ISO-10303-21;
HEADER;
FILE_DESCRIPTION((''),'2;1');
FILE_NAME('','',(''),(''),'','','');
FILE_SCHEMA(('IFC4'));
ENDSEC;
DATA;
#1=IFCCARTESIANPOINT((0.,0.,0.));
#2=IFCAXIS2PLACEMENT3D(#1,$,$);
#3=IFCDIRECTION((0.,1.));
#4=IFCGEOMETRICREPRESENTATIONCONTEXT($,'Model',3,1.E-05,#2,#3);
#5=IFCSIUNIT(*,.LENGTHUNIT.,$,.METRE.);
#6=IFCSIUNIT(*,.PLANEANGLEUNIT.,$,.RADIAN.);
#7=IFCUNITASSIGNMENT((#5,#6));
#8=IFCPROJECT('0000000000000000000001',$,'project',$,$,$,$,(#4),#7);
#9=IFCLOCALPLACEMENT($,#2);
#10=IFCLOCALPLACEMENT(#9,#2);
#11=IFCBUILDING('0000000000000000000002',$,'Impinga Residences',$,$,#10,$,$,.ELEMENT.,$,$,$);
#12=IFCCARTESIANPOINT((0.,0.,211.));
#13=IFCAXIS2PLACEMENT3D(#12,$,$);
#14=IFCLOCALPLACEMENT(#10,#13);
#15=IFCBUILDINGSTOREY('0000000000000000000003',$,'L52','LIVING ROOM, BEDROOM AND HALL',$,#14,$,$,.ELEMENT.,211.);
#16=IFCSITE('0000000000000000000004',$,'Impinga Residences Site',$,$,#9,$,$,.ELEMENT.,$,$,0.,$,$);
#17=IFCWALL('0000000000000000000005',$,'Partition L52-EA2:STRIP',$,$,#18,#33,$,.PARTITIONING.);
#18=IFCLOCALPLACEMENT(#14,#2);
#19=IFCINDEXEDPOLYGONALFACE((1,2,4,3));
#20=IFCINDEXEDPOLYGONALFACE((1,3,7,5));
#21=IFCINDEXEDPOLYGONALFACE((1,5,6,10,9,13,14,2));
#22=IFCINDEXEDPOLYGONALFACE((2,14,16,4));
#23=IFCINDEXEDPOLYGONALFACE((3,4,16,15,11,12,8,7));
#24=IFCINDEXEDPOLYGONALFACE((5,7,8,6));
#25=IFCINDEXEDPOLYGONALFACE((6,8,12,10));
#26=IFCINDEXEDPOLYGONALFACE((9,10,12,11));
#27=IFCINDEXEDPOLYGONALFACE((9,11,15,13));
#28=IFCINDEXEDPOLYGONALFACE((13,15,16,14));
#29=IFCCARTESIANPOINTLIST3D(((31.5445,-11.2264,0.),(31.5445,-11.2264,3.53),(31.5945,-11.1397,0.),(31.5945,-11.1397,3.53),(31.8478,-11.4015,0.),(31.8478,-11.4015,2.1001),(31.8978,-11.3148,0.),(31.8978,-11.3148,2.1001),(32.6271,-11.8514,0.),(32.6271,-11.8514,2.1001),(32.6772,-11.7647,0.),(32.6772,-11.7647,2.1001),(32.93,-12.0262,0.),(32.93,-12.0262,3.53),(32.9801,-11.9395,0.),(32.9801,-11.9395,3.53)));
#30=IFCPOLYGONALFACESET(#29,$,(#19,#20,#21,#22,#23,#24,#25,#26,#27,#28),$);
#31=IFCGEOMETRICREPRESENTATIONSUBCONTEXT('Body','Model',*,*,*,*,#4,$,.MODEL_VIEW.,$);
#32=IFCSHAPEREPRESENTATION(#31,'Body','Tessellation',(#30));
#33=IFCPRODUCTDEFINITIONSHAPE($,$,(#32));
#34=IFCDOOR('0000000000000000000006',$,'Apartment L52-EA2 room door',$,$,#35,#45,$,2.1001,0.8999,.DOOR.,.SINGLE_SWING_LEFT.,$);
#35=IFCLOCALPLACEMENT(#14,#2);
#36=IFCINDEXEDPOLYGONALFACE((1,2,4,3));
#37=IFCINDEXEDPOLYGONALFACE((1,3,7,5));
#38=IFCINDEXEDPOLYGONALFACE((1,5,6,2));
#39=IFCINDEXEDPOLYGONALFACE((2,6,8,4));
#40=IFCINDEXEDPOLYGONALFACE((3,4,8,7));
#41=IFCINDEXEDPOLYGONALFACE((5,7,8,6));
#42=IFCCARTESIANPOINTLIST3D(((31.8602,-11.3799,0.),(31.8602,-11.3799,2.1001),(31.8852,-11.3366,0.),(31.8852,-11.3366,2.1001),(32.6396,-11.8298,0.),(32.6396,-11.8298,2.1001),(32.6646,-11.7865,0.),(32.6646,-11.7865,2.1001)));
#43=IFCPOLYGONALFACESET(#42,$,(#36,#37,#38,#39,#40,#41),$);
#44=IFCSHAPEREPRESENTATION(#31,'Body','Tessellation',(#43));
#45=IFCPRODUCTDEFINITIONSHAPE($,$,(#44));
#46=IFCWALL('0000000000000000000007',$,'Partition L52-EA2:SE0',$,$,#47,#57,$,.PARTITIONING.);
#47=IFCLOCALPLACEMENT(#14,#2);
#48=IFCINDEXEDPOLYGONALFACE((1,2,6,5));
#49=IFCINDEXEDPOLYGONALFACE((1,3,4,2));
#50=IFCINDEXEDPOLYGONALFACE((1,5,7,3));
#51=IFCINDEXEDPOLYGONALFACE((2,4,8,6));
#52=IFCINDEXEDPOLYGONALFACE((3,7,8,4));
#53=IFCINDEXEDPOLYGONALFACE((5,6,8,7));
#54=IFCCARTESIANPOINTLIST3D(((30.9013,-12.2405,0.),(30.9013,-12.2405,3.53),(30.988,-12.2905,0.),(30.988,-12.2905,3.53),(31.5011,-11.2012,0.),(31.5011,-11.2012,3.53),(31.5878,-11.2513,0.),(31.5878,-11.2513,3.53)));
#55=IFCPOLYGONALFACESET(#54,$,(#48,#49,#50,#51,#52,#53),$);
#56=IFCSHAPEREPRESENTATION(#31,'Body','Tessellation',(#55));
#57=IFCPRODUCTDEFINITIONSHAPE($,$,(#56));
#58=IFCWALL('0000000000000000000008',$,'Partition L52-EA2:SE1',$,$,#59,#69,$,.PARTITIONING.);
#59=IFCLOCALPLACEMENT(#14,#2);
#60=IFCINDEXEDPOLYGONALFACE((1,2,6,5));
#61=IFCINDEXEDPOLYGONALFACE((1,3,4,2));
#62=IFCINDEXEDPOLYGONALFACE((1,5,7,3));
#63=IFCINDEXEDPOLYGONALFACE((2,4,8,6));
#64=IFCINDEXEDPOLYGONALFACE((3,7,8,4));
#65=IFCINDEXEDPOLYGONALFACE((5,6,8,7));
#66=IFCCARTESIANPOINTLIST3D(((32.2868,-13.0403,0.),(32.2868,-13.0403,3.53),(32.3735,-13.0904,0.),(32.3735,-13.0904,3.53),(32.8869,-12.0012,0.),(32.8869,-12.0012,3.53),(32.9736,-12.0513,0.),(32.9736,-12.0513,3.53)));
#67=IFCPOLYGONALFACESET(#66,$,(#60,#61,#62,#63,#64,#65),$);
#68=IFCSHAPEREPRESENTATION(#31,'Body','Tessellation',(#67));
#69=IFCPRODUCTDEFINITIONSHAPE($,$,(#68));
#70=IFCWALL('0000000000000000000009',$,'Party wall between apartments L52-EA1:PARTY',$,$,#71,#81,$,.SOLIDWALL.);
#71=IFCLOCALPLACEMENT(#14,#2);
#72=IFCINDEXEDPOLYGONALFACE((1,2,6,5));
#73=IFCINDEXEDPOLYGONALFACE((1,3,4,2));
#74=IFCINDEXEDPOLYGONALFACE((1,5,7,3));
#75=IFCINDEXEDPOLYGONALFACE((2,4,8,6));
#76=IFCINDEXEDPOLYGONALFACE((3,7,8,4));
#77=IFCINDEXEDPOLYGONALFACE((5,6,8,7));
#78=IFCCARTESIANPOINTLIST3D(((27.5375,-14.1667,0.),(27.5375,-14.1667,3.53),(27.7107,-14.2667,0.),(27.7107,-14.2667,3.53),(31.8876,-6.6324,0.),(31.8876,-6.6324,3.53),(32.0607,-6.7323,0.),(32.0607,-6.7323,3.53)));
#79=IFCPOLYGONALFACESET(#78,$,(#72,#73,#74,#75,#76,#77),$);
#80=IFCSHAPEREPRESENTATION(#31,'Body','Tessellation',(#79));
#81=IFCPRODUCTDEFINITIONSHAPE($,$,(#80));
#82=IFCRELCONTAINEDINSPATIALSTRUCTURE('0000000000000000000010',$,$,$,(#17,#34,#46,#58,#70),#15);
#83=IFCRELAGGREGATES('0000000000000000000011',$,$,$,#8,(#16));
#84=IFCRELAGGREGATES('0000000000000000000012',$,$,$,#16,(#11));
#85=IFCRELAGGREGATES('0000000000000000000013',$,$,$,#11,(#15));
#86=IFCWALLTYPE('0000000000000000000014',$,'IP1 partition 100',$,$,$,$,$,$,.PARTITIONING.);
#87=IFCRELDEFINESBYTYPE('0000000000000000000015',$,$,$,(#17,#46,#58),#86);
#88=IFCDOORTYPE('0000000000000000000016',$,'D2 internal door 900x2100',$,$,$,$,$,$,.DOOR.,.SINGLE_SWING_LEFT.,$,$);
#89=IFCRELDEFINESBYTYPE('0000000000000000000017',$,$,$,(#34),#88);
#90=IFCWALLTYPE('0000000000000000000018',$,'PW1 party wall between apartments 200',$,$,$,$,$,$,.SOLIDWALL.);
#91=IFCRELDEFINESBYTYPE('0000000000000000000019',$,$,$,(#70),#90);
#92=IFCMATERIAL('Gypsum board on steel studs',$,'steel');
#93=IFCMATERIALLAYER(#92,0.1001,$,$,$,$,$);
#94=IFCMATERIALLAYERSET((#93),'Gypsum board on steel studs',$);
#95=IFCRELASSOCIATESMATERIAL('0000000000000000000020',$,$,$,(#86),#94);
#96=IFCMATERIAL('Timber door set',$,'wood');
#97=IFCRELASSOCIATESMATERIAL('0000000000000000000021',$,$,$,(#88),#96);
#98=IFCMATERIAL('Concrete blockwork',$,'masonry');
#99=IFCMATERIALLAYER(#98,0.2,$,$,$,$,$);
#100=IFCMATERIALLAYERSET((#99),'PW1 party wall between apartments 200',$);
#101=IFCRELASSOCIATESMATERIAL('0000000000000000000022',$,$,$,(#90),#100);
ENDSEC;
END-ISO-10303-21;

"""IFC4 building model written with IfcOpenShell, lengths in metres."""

from ifc_helpers import new_model, si_unit, direction, frame, frame_2d, origin, place, context, subcontext, project, spatial, rectangle, extrude, material, layer, layer_set, type_object, element, fill, save


model = new_model("IFC4")

# Units and contexts
model_context = context("Model", 3, precision=1e-05, world=origin(), true_north=direction((0.0, 1.0)))
body_context = subcontext(model_context, "Body", "Model", "MODEL_VIEW")
ifc_project = project(units=[si_unit("LENGTHUNIT", "METRE"), si_unit("PLANEANGLEUNIT", "RADIAN")], contexts=[model_context])

# Site, building, storey
site_placement = place(None, origin())
site = spatial("IfcSite", under=ifc_project, at=site_placement, Name="Impinga Residences Site", CompositionType="ELEMENT", RefElevation=0.0)
building_placement = place(site_placement, origin())
building = spatial("IfcBuilding", under=site, at=building_placement, Name="Impinga Residences", CompositionType="ELEMENT")
storey_placement = place(building_placement, frame((0.0, 0.0, 211.0)))
storey = spatial("IfcBuildingStorey", under=building, at=storey_placement, Name="L52", Description="LIVING ROOM, BEDROOM AND HALL", CompositionType="ELEMENT", Elevation=211.0)

# Shared definitions
ifc_material_1 = material(Name="Gypsum board on steel studs", Category="steel")
ifc_layer_1 = layer(ifc_material_1, 0.1001)
ifc_layer_set_1 = layer_set([ifc_layer_1], Name="Gypsum board on steel studs")
wall_type_1 = type_object("IfcWallType", Name="IP1 partition 100", PredefinedType="PARTITIONING", material=ifc_layer_set_1)

# Wall, opening, door
wall_1_placement = place(storey_placement, frame((31.5696, -11.1831, 0.0), z_axis=(0.0, 0.0, 1.0), x_axis=(0.866056, -0.499947, 0.0)))
wall_1 = element("IfcWall", 1, at=wall_1_placement, inside=storey, type_object=wall_type_1, Name="Partition L52-EA2:STRIP", PredefinedType="PARTITIONING", context=body_context, shape_type="SweptSolid", body=[
    extrude(rectangle(XDim=1.5999, YDim=0.1001, at=frame_2d((0.7998, 0.0))), origin(), (0.0, 0.0, 1.0), 3.53),
])
opening_1_placement = place(wall_1_placement, frame((0.3501, 0.0, 0.0)))
opening_1 = element("IfcOpeningElement", 2, at=opening_1_placement, cuts=wall_1, PredefinedType="OPENING", context=body_context, shape_type="SweptSolid", body=[
    extrude(rectangle(XDim=0.8999, YDim=2.1001, at=frame_2d((0.45, 1.05))), frame((0.0, 0.0601, 0.0), z_axis=(0.0, -1.0, 0.0), x_axis=(1.0, 0.0, 0.0)), (0.0, 0.0, 1.0), 0.1201),
])
ifc_material_2 = material(Name="Timber door set", Category="wood")
door_type = type_object("IfcDoorType", Name="D2 internal door 900x2100", OperationType="SINGLE_SWING_LEFT", PredefinedType="DOOR", material=ifc_material_2)
door_placement = place(opening_1_placement, origin())
door = element("IfcDoor", 3, at=door_placement, inside=storey, type_object=door_type, Name="Apartment L52-EA2 room door", OperationType="SINGLE_SWING_LEFT", OverallHeight=2.1001, OverallWidth=0.8999, PredefinedType="DOOR", context=body_context, shape_type="SweptSolid", body=[
    extrude(rectangle(XDim=0.8999, YDim=2.1001, at=frame_2d((0.45, 1.05))), frame((0.0, 0.0249, 0.0), z_axis=(0.0, -1.0, 0.0), x_axis=(1.0, 0.0, 0.0)), (0.0, 0.0, 1.0), 0.05),
])
fill(opening_1, door)

# Walls
for number, where, z_axis, x_axis, name in (
    (4, (30.9446, -12.2656, 0.0), (0.0, 0.0, 1.0), (0.499881, 0.866094, 0.0), "Partition L52-EA2:SE0"),
    (5, (32.3301, -13.0654, 0.0), (0.0, 0.0, 1.0), (0.500122, 0.865955, 0.0), "Partition L52-EA2:SE1"),
):
    element("IfcWall", number, at=place(storey_placement, frame(where, z_axis=z_axis, x_axis=x_axis)), inside=storey, type_object=wall_type_1, Name=name, PredefinedType="PARTITIONING", context=body_context, shape_type="SweptSolid", body=[
        extrude(rectangle(XDim=1.2, YDim=0.1001, at=frame_2d((0.6001, 0.0))), origin(), (0.0, 0.0, 1.0), 3.53),
    ])
ifc_material_3 = material(Name="Concrete blockwork", Category="masonry")
ifc_layer_2 = layer(ifc_material_3, 0.2)
ifc_layer_set_2 = layer_set([ifc_layer_2], Name="PW1 party wall between apartments 200")
wall_type_2 = type_object("IfcWallType", Name="PW1 party wall between apartments 200", PredefinedType="SOLIDWALL", material=ifc_layer_set_2)
wall_2_placement = place(storey_placement, frame((27.624, -14.2168, 0.0), z_axis=(0.0, 0.0, 1.0), x_axis=(0.500008, 0.866021, 0.0)))
element("IfcWall", 6, at=wall_2_placement, inside=storey, type_object=wall_type_2, Name="Party wall between apartments L52-EA1:PARTY", PredefinedType="SOLIDWALL", context=body_context, shape_type="SweptSolid", body=[
    extrude(rectangle(XDim=8.7, YDim=0.2, at=frame_2d((4.3501, 0.0))), origin(), (0.0, 0.0, 1.0), 3.53),
])

save(model, "model.ifc")
